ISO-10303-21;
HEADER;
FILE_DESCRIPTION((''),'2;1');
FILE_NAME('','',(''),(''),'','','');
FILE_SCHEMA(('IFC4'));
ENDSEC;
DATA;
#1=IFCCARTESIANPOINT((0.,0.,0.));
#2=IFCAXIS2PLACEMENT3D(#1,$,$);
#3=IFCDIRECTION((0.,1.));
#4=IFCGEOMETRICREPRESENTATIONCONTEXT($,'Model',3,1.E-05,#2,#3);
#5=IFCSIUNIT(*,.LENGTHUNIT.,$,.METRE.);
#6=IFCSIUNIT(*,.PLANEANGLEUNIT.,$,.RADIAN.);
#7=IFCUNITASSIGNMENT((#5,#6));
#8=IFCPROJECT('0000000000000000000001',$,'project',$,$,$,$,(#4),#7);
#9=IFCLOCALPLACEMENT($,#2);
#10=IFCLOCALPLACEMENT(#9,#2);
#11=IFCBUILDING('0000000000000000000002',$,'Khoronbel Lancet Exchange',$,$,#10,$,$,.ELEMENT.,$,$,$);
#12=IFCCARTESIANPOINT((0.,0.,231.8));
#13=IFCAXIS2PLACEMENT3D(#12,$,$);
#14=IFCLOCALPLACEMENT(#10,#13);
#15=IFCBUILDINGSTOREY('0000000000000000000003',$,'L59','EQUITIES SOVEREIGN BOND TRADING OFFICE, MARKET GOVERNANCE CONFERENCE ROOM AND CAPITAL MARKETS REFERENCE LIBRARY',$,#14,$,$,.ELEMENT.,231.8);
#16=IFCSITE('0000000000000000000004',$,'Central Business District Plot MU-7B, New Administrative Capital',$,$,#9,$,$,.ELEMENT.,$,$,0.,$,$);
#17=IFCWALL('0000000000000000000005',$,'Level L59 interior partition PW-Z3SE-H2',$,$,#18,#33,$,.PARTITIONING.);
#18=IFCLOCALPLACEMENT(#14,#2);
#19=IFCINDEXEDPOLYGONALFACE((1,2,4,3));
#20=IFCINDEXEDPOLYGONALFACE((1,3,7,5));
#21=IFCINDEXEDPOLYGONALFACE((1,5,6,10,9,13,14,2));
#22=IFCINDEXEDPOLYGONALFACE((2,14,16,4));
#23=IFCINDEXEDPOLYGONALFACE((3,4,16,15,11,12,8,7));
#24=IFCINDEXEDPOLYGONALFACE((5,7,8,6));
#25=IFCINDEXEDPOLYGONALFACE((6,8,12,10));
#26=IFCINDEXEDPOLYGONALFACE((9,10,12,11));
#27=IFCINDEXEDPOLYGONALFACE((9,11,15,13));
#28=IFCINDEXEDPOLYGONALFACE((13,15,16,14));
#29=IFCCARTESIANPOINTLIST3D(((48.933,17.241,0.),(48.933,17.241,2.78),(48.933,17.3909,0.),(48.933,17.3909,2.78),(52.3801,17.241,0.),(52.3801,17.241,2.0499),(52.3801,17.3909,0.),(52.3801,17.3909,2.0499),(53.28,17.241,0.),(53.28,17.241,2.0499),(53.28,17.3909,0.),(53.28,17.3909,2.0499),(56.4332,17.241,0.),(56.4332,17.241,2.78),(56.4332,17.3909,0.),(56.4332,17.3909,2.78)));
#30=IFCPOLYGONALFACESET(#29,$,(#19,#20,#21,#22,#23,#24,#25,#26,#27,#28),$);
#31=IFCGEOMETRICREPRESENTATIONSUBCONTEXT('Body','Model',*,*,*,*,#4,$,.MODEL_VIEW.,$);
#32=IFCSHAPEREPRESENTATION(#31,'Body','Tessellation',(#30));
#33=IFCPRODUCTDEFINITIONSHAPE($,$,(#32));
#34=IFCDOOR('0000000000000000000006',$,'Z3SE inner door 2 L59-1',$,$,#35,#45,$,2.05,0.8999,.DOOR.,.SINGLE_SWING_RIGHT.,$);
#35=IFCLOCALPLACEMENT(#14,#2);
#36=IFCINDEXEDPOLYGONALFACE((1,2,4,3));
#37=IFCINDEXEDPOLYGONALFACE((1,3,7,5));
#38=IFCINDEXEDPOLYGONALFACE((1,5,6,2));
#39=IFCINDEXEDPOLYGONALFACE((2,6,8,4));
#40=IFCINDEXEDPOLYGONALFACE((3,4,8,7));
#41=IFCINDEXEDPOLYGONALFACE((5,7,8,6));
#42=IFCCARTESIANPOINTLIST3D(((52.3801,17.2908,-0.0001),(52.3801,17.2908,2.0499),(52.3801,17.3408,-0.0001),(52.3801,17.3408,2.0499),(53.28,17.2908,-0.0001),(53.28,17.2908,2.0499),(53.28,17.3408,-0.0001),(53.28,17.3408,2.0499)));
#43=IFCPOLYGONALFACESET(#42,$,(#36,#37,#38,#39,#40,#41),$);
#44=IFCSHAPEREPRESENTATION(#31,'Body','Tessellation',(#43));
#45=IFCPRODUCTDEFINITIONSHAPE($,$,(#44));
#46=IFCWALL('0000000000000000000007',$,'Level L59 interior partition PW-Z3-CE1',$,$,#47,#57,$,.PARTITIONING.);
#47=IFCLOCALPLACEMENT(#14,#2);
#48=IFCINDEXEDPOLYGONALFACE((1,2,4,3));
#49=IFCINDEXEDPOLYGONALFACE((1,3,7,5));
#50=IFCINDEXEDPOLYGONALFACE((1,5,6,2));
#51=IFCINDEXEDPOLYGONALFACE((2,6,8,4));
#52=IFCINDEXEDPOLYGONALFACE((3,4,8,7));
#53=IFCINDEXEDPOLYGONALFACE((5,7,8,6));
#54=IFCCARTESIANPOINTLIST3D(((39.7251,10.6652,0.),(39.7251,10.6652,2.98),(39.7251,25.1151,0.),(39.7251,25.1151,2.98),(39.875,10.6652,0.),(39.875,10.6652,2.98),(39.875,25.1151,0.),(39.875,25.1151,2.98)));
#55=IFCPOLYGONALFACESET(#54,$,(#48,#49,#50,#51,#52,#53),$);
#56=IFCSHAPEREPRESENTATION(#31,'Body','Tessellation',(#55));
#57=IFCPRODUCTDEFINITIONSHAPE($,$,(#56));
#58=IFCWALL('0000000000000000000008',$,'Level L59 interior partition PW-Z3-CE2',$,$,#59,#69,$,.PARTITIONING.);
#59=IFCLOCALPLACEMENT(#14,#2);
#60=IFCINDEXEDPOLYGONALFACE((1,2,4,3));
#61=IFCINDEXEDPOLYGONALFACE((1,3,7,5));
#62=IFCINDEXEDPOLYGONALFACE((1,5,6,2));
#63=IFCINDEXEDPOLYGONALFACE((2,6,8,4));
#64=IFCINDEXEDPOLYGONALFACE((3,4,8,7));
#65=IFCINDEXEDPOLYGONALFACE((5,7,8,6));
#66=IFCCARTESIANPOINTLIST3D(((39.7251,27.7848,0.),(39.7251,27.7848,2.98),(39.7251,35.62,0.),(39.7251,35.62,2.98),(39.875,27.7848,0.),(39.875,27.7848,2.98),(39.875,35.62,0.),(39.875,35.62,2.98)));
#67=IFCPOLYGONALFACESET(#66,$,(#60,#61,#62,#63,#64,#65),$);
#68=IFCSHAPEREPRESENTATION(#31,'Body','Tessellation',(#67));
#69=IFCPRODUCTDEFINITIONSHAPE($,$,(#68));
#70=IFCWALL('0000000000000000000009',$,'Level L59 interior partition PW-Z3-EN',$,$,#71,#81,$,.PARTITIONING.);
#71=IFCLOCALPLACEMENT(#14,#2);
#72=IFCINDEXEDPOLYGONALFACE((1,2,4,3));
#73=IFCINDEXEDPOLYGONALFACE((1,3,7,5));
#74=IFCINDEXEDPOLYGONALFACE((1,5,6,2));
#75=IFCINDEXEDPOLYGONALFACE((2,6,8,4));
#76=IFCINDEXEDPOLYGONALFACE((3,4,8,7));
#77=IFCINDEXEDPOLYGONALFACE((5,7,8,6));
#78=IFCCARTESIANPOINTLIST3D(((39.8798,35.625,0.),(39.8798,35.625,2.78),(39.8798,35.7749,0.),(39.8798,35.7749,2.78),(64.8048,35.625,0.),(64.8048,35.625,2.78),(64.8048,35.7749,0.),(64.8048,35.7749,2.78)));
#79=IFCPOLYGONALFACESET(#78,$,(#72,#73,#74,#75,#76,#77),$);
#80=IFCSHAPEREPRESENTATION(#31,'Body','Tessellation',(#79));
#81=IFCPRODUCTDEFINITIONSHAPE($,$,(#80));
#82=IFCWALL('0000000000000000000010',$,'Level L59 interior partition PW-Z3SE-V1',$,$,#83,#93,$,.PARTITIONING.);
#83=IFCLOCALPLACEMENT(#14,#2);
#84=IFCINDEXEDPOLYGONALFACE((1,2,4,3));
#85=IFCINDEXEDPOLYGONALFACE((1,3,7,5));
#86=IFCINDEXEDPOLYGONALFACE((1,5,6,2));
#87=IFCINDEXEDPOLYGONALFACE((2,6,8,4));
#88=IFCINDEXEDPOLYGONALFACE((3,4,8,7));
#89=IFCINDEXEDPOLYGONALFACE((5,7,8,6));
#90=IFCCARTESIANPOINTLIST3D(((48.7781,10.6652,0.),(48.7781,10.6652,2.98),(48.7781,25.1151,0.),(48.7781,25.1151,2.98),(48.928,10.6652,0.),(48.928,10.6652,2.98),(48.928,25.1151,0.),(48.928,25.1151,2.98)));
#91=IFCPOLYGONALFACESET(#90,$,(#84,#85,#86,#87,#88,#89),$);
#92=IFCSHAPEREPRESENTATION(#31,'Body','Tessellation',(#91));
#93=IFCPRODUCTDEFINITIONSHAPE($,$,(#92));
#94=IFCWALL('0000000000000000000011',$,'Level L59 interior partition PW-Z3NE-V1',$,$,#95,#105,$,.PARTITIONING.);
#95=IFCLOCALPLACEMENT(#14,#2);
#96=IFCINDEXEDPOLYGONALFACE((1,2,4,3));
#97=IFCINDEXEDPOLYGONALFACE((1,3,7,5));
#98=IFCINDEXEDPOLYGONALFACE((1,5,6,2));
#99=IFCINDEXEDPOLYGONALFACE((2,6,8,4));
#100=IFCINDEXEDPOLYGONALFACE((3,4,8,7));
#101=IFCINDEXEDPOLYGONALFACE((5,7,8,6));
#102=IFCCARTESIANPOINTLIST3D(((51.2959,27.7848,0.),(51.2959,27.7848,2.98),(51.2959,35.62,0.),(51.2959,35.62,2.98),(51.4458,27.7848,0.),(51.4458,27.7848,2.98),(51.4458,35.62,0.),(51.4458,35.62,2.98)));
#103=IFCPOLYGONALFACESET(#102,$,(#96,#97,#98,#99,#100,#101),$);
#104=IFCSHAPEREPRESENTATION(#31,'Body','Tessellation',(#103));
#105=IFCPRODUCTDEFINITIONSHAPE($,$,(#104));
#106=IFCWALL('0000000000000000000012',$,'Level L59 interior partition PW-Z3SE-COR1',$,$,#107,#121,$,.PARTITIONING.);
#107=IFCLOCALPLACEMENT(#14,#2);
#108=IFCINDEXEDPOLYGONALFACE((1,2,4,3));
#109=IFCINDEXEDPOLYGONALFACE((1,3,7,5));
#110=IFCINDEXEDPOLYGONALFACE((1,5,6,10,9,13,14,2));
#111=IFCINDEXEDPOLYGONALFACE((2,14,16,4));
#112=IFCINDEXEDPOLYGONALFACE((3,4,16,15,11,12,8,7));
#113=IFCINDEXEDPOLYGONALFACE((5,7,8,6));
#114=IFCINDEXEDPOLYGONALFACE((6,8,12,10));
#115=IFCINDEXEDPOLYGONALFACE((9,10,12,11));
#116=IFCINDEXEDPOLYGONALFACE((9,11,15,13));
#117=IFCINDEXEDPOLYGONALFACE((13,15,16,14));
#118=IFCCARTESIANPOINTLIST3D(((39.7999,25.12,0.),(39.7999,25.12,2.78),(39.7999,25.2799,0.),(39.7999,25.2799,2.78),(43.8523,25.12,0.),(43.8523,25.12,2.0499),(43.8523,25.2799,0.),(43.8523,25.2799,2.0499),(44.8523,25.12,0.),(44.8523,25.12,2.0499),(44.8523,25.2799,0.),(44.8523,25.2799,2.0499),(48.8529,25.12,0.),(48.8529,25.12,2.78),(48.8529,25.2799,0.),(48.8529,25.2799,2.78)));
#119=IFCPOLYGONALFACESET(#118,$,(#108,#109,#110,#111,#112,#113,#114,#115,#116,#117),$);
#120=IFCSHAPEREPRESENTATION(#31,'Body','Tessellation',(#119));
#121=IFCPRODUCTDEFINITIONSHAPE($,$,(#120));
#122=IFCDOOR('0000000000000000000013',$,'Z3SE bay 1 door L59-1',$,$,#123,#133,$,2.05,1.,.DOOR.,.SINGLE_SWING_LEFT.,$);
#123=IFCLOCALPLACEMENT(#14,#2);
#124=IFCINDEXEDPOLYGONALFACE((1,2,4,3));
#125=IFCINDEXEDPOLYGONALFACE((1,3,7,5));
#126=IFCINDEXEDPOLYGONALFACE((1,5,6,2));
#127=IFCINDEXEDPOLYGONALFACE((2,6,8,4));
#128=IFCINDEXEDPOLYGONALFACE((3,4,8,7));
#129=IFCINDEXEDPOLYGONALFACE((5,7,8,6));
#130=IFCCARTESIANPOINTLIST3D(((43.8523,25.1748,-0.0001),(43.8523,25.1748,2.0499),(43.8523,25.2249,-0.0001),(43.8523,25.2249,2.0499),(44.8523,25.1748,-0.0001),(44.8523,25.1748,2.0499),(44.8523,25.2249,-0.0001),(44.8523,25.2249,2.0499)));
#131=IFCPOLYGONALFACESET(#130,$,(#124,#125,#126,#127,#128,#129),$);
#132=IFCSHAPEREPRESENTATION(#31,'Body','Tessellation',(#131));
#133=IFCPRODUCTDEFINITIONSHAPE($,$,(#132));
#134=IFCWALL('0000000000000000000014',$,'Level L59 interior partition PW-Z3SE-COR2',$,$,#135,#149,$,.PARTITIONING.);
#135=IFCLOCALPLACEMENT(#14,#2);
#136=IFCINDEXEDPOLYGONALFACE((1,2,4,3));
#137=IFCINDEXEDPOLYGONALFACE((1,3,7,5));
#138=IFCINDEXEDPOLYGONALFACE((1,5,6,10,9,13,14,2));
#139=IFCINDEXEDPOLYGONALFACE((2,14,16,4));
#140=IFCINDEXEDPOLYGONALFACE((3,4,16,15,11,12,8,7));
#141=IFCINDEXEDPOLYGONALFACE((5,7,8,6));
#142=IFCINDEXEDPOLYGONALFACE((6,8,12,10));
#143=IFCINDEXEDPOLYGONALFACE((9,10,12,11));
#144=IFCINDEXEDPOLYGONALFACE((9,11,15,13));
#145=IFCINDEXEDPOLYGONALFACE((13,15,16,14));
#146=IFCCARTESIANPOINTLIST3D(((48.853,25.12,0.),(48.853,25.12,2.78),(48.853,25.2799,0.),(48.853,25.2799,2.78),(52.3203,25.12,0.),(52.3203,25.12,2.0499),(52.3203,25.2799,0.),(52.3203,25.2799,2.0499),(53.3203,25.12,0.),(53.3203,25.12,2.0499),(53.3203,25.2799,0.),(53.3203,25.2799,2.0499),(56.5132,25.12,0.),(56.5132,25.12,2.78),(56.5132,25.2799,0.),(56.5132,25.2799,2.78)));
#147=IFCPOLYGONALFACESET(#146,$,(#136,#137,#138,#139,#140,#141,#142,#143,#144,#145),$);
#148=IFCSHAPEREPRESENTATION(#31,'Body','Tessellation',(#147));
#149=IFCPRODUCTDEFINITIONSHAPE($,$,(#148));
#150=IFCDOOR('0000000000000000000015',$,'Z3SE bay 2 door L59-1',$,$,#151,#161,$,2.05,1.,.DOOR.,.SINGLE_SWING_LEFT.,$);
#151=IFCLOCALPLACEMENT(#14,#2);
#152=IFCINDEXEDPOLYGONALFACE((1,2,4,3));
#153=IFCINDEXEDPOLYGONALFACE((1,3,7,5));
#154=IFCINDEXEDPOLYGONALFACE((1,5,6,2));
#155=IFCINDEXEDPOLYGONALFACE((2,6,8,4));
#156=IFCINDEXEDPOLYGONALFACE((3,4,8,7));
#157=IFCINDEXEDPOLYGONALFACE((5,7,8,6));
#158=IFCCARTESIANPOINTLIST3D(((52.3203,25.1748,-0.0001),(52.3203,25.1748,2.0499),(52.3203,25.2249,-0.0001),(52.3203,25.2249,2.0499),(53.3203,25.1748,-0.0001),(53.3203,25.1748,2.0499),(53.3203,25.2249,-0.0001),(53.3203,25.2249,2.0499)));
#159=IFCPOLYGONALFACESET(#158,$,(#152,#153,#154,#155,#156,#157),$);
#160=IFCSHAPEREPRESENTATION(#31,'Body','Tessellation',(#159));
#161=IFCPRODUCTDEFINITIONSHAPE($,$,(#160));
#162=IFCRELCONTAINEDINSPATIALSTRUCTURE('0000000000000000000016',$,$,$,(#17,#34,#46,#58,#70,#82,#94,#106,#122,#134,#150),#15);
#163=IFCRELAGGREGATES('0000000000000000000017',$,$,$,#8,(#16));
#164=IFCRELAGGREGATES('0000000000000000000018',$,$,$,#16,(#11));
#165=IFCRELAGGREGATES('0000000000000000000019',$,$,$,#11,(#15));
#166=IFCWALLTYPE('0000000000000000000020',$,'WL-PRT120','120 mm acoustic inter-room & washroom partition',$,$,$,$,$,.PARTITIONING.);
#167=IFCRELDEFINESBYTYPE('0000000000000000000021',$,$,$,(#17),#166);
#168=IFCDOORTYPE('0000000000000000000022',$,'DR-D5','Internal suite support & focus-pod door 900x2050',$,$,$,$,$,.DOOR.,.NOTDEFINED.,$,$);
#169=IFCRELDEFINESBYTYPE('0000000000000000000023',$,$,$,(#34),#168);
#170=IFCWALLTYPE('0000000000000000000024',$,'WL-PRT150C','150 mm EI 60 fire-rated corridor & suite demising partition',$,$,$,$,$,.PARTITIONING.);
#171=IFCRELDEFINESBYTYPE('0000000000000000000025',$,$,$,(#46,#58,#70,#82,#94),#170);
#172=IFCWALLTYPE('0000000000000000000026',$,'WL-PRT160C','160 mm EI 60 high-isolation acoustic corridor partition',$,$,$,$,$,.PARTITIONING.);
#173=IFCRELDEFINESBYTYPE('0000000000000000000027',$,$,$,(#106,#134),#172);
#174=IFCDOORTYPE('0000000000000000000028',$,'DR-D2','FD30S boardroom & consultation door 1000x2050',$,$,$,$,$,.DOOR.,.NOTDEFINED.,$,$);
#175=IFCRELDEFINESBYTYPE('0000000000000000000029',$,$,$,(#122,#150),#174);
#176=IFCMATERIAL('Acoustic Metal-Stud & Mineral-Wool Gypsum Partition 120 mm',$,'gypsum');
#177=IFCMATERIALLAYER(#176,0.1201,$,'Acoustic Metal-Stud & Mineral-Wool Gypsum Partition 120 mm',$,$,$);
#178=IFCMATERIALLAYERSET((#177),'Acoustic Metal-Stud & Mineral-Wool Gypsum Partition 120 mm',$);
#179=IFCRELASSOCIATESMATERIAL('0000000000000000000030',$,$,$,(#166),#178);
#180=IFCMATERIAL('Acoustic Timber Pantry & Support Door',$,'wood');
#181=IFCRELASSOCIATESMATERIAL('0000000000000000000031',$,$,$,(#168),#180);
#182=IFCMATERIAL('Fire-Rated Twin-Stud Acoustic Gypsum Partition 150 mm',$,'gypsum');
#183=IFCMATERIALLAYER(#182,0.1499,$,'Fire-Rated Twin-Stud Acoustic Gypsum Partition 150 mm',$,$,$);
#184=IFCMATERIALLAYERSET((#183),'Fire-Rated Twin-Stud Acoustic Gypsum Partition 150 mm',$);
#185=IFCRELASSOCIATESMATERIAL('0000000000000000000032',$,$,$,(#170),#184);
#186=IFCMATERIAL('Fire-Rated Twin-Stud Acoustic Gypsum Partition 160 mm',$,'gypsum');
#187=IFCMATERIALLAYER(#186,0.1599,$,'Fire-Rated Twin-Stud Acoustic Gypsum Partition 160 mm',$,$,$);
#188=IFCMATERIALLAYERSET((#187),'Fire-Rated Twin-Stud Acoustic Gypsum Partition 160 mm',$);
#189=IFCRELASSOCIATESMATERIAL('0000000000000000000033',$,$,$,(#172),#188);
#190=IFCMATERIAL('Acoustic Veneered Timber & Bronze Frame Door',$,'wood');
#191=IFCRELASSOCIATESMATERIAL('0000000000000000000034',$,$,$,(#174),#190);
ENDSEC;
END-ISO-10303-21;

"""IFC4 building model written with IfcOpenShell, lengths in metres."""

from ifc_helpers import new_model, si_unit, direction, frame, frame_2d, origin, place, context, subcontext, project, spatial, rectangle, extrude, material, layer, layer_set, type_object, element, fill, save


model = new_model("IFC4")

# Units and contexts
model_context = context("Model", 3, precision=1e-05, world=origin(), true_north=direction((0.0, 1.0)))
body_context = subcontext(model_context, "Body", "Model", "MODEL_VIEW")
ifc_project = project(units=[si_unit("LENGTHUNIT", "METRE"), si_unit("PLANEANGLEUNIT", "RADIAN")], contexts=[model_context])

# Site, building, storey
site_placement = place(None, origin())
site = spatial("IfcSite", under=ifc_project, at=site_placement, Name="Central Business District Plot MU-7B, New Administrative Capital", CompositionType="ELEMENT", RefElevation=0.0)
building_placement = place(site_placement, origin())
building = spatial("IfcBuilding", under=site, at=building_placement, Name="Khoronbel Lancet Exchange", CompositionType="ELEMENT")
storey_placement = place(building_placement, frame((0.0, 0.0, 231.8)))
storey = spatial("IfcBuildingStorey", under=building, at=storey_placement, Name="L59", Description="EQUITIES SOVEREIGN BOND TRADING OFFICE, MARKET GOVERNANCE CONFERENCE ROOM AND CAPITAL MARKETS REFERENCE LIBRARY", CompositionType="ELEMENT", Elevation=231.8)

# Wall, opening, door
ifc_material_1 = material(Name="Acoustic Metal-Stud & Mineral-Wool Gypsum Partition 120 mm", Category="gypsum")
ifc_layer_1 = layer(ifc_material_1, 0.1201, Name="Acoustic Metal-Stud & Mineral-Wool Gypsum Partition 120 mm")
ifc_layer_set_1 = layer_set([ifc_layer_1], Name="Acoustic Metal-Stud & Mineral-Wool Gypsum Partition 120 mm")
wall_type_1 = type_object("IfcWallType", Name="WL-PRT120", Description="120 mm acoustic inter-room & washroom partition", PredefinedType="PARTITIONING", material=ifc_layer_set_1)
ifc_material_2 = material(Name="Acoustic Timber Pantry & Support Door", Category="wood")
door_type_1 = type_object("IfcDoorType", Name="DR-D5", Description="Internal suite support & focus-pod door 900x2050", OperationType="NOTDEFINED", PredefinedType="DOOR", material=ifc_material_2)
wall_1_placement = place(storey_placement, frame((48.9331, 17.3159, 0.0), z_axis=(0.0, 0.0, 1.0), x_axis=(1.0, 0.0, 0.0)))
wall_1 = element("IfcWall", 1, at=wall_1_placement, inside=storey, type_object=wall_type_1, Name="Level L59 interior partition PW-Z3SE-H2", PredefinedType="PARTITIONING", context=body_context, shape_type="SweptSolid", body=[
    extrude(rectangle(XDim=7.5002, YDim=0.1499, at=frame_2d((3.75, 0.0))), origin(), (0.0, 0.0, 1.0), 2.78),
])
opening_1_placement = place(wall_1_placement, frame((3.447, 0.0, 0.0)))
opening_1 = element("IfcOpeningElement", 2, at=opening_1_placement, cuts=wall_1, PredefinedType="OPENING", context=body_context, shape_type="SweptSolid", body=[
    extrude(rectangle(XDim=0.8999, YDim=2.05, at=frame_2d((0.45, 1.0249))), frame((0.0, 0.085, 0.0), z_axis=(0.0, -1.0, 0.0), x_axis=(1.0, 0.0, 0.0)), (0.0, 0.0, 1.0), 0.1699),
])
door_1_placement = place(opening_1_placement, origin())
door_1 = element("IfcDoor", 3, at=door_1_placement, inside=storey, type_object=door_type_1, Name="Z3SE inner door 2 L59-1", OperationType="SINGLE_SWING_RIGHT", OverallHeight=2.05, OverallWidth=0.8999, PredefinedType="DOOR", context=body_context, shape_type="SweptSolid", body=[
    extrude(rectangle(XDim=0.8999, YDim=2.05, at=frame_2d((0.45, 1.0249))), frame((0.0, 0.0249, 0.0), z_axis=(0.0, -1.0, 0.0), x_axis=(1.0, 0.0, 0.0)), (0.0, 0.0, 1.0), 0.05),
])
fill(opening_1, door_1)

# Walls
ifc_material_3 = material(Name="Fire-Rated Twin-Stud Acoustic Gypsum Partition 150 mm", Category="gypsum")
ifc_layer_2 = layer(ifc_material_3, 0.1499, Name="Fire-Rated Twin-Stud Acoustic Gypsum Partition 150 mm")
ifc_layer_set_2 = layer_set([ifc_layer_2], Name="Fire-Rated Twin-Stud Acoustic Gypsum Partition 150 mm")
wall_type_2 = type_object("IfcWallType", Name="WL-PRT150C", Description="150 mm EI 60 fire-rated corridor & suite demising partition", PredefinedType="PARTITIONING", material=ifc_layer_set_2)
wall_2_placement = place(storey_placement, frame((39.8, 10.665, 0.0), z_axis=(0.0, 0.0, 1.0), x_axis=(0.0, 1.0, 0.0)))
element("IfcWall", 4, at=wall_2_placement, inside=storey, type_object=wall_type_2, Name="Level L59 interior partition PW-Z3-CE1", PredefinedType="PARTITIONING", context=body_context, shape_type="SweptSolid", body=[
    extrude(rectangle(XDim=14.45, YDim=0.1499, at=frame_2d((7.2251, 0.0))), origin(), (0.0, 0.0, 1.0), 2.98),
])
wall_3_placement = place(storey_placement, frame((39.8, 27.7849, 0.0), z_axis=(0.0, 0.0, 1.0), x_axis=(0.0, 1.0, 0.0)))
element("IfcWall", 5, at=wall_3_placement, inside=storey, type_object=wall_type_2, Name="Level L59 interior partition PW-Z3-CE2", PredefinedType="PARTITIONING", context=body_context, shape_type="SweptSolid", body=[
    extrude(rectangle(XDim=7.8352, YDim=0.1499, at=frame_2d((3.9175, 0.0))), origin(), (0.0, 0.0, 1.0), 2.98),
])
wall_4_placement = place(storey_placement, frame((39.8799, 35.7, 0.0), z_axis=(0.0, 0.0, 1.0), x_axis=(1.0, 0.0, 0.0)))
element("IfcWall", 6, at=wall_4_placement, inside=storey, type_object=wall_type_2, Name="Level L59 interior partition PW-Z3-EN", PredefinedType="PARTITIONING", context=body_context, shape_type="SweptSolid", body=[
    extrude(rectangle(XDim=24.925, YDim=0.1499, at=frame_2d((12.4624, 0.0))), origin(), (0.0, 0.0, 1.0), 2.78),
])
wall_5_placement = place(storey_placement, frame((48.853, 10.665, 0.0), z_axis=(0.0, 0.0, 1.0), x_axis=(0.0, 1.0, 0.0)))
element("IfcWall", 7, at=wall_5_placement, inside=storey, type_object=wall_type_2, Name="Level L59 interior partition PW-Z3SE-V1", PredefinedType="PARTITIONING", context=body_context, shape_type="SweptSolid", body=[
    extrude(rectangle(XDim=14.45, YDim=0.1499, at=frame_2d((7.2251, 0.0))), origin(), (0.0, 0.0, 1.0), 2.98),
])
wall_6_placement = place(storey_placement, frame((51.3708, 27.7849, 0.0), z_axis=(0.0, 0.0, 1.0), x_axis=(0.0, 1.0, 0.0)))
element("IfcWall", 8, at=wall_6_placement, inside=storey, type_object=wall_type_2, Name="Level L59 interior partition PW-Z3NE-V1", PredefinedType="PARTITIONING", context=body_context, shape_type="SweptSolid", body=[
    extrude(rectangle(XDim=7.8352, YDim=0.1499, at=frame_2d((3.9175, 0.0))), origin(), (0.0, 0.0, 1.0), 2.98),
])

# Walls, openings, doors
ifc_material_4 = material(Name="Fire-Rated Twin-Stud Acoustic Gypsum Partition 160 mm", Category="gypsum")
ifc_layer_3 = layer(ifc_material_4, 0.1599, Name="Fire-Rated Twin-Stud Acoustic Gypsum Partition 160 mm")
ifc_layer_set_3 = layer_set([ifc_layer_3], Name="Fire-Rated Twin-Stud Acoustic Gypsum Partition 160 mm")
wall_type_3 = type_object("IfcWallType", Name="WL-PRT160C", Description="160 mm EI 60 high-isolation acoustic corridor partition", PredefinedType="PARTITIONING", material=ifc_layer_set_3)
wall_7_placement = place(storey_placement, frame((39.8, 25.2, 0.0), z_axis=(0.0, 0.0, 1.0), x_axis=(1.0, 0.0, 0.0)))
wall_7 = element("IfcWall", 9, at=wall_7_placement, inside=storey, type_object=wall_type_3, Name="Level L59 interior partition PW-Z3SE-COR1", PredefinedType="PARTITIONING", context=body_context, shape_type="SweptSolid", body=[
    extrude(rectangle(XDim=9.053, YDim=0.1599, at=frame_2d((4.5264, 0.0))), origin(), (0.0, 0.0, 1.0), 2.78),
])
opening_2_placement = place(wall_7_placement, frame((4.0522, 0.0, 0.0)))
opening_2 = element("IfcOpeningElement", 10, at=opening_2_placement, cuts=wall_7, PredefinedType="OPENING", context=body_context, shape_type="SweptSolid", body=[
    extrude(rectangle(XDim=1.0, YDim=2.05, at=frame_2d((0.5, 1.0249))), frame((0.0, 0.0898, 0.0), z_axis=(0.0, -1.0, 0.0), x_axis=(1.0, 0.0, 0.0)), (0.0, 0.0, 1.0), 0.1799),
])
ifc_material_5 = material(Name="Acoustic Veneered Timber & Bronze Frame Door", Category="wood")
door_type_2 = type_object("IfcDoorType", Name="DR-D2", Description="FD30S boardroom & consultation door 1000x2050", OperationType="NOTDEFINED", PredefinedType="DOOR", material=ifc_material_5)
door_2_placement = place(opening_2_placement, origin())
door_2 = element("IfcDoor", 11, at=door_2_placement, inside=storey, type_object=door_type_2, Name="Z3SE bay 1 door L59-1", OperationType="SINGLE_SWING_LEFT", OverallHeight=2.05, OverallWidth=1.0, PredefinedType="DOOR", context=body_context, shape_type="SweptSolid", body=[
    extrude(rectangle(XDim=1.0, YDim=2.05, at=frame_2d((0.5, 1.0249))), frame((0.0, 0.0249, 0.0), z_axis=(0.0, -1.0, 0.0), x_axis=(1.0, 0.0, 0.0)), (0.0, 0.0, 1.0), 0.05),
])
fill(opening_2, door_2)
wall_8_placement = place(storey_placement, frame((48.853, 25.2, 0.0), z_axis=(0.0, 0.0, 1.0), x_axis=(1.0, 0.0, 0.0)))
wall_8 = element("IfcWall", 12, at=wall_8_placement, inside=storey, type_object=wall_type_3, Name="Level L59 interior partition PW-Z3SE-COR2", PredefinedType="PARTITIONING", context=body_context, shape_type="SweptSolid", body=[
    extrude(rectangle(XDim=7.6602, YDim=0.1599, at=frame_2d((3.8301, 0.0))), origin(), (0.0, 0.0, 1.0), 2.78),
])
opening_3_placement = place(wall_8_placement, frame((3.4673, 0.0, 0.0)))
opening_3 = element("IfcOpeningElement", 13, at=opening_3_placement, cuts=wall_8, PredefinedType="OPENING", context=body_context, shape_type="SweptSolid", body=[
    extrude(rectangle(XDim=1.0, YDim=2.05, at=frame_2d((0.5, 1.0249))), frame((0.0, 0.0898, 0.0), z_axis=(0.0, -1.0, 0.0), x_axis=(1.0, 0.0, 0.0)), (0.0, 0.0, 1.0), 0.1799),
])
door_3_placement = place(opening_3_placement, origin())
door_3 = element("IfcDoor", 14, at=door_3_placement, inside=storey, type_object=door_type_2, Name="Z3SE bay 2 door L59-1", OperationType="SINGLE_SWING_LEFT", OverallHeight=2.05, OverallWidth=1.0, PredefinedType="DOOR", context=body_context, shape_type="SweptSolid", body=[
    extrude(rectangle(XDim=1.0, YDim=2.05, at=frame_2d((0.5, 1.0249))), frame((0.0, 0.0249, 0.0), z_axis=(0.0, -1.0, 0.0), x_axis=(1.0, 0.0, 0.0)), (0.0, 0.0, 1.0), 0.05),
])
fill(opening_3, door_3)

save(model, "model.ifc")
